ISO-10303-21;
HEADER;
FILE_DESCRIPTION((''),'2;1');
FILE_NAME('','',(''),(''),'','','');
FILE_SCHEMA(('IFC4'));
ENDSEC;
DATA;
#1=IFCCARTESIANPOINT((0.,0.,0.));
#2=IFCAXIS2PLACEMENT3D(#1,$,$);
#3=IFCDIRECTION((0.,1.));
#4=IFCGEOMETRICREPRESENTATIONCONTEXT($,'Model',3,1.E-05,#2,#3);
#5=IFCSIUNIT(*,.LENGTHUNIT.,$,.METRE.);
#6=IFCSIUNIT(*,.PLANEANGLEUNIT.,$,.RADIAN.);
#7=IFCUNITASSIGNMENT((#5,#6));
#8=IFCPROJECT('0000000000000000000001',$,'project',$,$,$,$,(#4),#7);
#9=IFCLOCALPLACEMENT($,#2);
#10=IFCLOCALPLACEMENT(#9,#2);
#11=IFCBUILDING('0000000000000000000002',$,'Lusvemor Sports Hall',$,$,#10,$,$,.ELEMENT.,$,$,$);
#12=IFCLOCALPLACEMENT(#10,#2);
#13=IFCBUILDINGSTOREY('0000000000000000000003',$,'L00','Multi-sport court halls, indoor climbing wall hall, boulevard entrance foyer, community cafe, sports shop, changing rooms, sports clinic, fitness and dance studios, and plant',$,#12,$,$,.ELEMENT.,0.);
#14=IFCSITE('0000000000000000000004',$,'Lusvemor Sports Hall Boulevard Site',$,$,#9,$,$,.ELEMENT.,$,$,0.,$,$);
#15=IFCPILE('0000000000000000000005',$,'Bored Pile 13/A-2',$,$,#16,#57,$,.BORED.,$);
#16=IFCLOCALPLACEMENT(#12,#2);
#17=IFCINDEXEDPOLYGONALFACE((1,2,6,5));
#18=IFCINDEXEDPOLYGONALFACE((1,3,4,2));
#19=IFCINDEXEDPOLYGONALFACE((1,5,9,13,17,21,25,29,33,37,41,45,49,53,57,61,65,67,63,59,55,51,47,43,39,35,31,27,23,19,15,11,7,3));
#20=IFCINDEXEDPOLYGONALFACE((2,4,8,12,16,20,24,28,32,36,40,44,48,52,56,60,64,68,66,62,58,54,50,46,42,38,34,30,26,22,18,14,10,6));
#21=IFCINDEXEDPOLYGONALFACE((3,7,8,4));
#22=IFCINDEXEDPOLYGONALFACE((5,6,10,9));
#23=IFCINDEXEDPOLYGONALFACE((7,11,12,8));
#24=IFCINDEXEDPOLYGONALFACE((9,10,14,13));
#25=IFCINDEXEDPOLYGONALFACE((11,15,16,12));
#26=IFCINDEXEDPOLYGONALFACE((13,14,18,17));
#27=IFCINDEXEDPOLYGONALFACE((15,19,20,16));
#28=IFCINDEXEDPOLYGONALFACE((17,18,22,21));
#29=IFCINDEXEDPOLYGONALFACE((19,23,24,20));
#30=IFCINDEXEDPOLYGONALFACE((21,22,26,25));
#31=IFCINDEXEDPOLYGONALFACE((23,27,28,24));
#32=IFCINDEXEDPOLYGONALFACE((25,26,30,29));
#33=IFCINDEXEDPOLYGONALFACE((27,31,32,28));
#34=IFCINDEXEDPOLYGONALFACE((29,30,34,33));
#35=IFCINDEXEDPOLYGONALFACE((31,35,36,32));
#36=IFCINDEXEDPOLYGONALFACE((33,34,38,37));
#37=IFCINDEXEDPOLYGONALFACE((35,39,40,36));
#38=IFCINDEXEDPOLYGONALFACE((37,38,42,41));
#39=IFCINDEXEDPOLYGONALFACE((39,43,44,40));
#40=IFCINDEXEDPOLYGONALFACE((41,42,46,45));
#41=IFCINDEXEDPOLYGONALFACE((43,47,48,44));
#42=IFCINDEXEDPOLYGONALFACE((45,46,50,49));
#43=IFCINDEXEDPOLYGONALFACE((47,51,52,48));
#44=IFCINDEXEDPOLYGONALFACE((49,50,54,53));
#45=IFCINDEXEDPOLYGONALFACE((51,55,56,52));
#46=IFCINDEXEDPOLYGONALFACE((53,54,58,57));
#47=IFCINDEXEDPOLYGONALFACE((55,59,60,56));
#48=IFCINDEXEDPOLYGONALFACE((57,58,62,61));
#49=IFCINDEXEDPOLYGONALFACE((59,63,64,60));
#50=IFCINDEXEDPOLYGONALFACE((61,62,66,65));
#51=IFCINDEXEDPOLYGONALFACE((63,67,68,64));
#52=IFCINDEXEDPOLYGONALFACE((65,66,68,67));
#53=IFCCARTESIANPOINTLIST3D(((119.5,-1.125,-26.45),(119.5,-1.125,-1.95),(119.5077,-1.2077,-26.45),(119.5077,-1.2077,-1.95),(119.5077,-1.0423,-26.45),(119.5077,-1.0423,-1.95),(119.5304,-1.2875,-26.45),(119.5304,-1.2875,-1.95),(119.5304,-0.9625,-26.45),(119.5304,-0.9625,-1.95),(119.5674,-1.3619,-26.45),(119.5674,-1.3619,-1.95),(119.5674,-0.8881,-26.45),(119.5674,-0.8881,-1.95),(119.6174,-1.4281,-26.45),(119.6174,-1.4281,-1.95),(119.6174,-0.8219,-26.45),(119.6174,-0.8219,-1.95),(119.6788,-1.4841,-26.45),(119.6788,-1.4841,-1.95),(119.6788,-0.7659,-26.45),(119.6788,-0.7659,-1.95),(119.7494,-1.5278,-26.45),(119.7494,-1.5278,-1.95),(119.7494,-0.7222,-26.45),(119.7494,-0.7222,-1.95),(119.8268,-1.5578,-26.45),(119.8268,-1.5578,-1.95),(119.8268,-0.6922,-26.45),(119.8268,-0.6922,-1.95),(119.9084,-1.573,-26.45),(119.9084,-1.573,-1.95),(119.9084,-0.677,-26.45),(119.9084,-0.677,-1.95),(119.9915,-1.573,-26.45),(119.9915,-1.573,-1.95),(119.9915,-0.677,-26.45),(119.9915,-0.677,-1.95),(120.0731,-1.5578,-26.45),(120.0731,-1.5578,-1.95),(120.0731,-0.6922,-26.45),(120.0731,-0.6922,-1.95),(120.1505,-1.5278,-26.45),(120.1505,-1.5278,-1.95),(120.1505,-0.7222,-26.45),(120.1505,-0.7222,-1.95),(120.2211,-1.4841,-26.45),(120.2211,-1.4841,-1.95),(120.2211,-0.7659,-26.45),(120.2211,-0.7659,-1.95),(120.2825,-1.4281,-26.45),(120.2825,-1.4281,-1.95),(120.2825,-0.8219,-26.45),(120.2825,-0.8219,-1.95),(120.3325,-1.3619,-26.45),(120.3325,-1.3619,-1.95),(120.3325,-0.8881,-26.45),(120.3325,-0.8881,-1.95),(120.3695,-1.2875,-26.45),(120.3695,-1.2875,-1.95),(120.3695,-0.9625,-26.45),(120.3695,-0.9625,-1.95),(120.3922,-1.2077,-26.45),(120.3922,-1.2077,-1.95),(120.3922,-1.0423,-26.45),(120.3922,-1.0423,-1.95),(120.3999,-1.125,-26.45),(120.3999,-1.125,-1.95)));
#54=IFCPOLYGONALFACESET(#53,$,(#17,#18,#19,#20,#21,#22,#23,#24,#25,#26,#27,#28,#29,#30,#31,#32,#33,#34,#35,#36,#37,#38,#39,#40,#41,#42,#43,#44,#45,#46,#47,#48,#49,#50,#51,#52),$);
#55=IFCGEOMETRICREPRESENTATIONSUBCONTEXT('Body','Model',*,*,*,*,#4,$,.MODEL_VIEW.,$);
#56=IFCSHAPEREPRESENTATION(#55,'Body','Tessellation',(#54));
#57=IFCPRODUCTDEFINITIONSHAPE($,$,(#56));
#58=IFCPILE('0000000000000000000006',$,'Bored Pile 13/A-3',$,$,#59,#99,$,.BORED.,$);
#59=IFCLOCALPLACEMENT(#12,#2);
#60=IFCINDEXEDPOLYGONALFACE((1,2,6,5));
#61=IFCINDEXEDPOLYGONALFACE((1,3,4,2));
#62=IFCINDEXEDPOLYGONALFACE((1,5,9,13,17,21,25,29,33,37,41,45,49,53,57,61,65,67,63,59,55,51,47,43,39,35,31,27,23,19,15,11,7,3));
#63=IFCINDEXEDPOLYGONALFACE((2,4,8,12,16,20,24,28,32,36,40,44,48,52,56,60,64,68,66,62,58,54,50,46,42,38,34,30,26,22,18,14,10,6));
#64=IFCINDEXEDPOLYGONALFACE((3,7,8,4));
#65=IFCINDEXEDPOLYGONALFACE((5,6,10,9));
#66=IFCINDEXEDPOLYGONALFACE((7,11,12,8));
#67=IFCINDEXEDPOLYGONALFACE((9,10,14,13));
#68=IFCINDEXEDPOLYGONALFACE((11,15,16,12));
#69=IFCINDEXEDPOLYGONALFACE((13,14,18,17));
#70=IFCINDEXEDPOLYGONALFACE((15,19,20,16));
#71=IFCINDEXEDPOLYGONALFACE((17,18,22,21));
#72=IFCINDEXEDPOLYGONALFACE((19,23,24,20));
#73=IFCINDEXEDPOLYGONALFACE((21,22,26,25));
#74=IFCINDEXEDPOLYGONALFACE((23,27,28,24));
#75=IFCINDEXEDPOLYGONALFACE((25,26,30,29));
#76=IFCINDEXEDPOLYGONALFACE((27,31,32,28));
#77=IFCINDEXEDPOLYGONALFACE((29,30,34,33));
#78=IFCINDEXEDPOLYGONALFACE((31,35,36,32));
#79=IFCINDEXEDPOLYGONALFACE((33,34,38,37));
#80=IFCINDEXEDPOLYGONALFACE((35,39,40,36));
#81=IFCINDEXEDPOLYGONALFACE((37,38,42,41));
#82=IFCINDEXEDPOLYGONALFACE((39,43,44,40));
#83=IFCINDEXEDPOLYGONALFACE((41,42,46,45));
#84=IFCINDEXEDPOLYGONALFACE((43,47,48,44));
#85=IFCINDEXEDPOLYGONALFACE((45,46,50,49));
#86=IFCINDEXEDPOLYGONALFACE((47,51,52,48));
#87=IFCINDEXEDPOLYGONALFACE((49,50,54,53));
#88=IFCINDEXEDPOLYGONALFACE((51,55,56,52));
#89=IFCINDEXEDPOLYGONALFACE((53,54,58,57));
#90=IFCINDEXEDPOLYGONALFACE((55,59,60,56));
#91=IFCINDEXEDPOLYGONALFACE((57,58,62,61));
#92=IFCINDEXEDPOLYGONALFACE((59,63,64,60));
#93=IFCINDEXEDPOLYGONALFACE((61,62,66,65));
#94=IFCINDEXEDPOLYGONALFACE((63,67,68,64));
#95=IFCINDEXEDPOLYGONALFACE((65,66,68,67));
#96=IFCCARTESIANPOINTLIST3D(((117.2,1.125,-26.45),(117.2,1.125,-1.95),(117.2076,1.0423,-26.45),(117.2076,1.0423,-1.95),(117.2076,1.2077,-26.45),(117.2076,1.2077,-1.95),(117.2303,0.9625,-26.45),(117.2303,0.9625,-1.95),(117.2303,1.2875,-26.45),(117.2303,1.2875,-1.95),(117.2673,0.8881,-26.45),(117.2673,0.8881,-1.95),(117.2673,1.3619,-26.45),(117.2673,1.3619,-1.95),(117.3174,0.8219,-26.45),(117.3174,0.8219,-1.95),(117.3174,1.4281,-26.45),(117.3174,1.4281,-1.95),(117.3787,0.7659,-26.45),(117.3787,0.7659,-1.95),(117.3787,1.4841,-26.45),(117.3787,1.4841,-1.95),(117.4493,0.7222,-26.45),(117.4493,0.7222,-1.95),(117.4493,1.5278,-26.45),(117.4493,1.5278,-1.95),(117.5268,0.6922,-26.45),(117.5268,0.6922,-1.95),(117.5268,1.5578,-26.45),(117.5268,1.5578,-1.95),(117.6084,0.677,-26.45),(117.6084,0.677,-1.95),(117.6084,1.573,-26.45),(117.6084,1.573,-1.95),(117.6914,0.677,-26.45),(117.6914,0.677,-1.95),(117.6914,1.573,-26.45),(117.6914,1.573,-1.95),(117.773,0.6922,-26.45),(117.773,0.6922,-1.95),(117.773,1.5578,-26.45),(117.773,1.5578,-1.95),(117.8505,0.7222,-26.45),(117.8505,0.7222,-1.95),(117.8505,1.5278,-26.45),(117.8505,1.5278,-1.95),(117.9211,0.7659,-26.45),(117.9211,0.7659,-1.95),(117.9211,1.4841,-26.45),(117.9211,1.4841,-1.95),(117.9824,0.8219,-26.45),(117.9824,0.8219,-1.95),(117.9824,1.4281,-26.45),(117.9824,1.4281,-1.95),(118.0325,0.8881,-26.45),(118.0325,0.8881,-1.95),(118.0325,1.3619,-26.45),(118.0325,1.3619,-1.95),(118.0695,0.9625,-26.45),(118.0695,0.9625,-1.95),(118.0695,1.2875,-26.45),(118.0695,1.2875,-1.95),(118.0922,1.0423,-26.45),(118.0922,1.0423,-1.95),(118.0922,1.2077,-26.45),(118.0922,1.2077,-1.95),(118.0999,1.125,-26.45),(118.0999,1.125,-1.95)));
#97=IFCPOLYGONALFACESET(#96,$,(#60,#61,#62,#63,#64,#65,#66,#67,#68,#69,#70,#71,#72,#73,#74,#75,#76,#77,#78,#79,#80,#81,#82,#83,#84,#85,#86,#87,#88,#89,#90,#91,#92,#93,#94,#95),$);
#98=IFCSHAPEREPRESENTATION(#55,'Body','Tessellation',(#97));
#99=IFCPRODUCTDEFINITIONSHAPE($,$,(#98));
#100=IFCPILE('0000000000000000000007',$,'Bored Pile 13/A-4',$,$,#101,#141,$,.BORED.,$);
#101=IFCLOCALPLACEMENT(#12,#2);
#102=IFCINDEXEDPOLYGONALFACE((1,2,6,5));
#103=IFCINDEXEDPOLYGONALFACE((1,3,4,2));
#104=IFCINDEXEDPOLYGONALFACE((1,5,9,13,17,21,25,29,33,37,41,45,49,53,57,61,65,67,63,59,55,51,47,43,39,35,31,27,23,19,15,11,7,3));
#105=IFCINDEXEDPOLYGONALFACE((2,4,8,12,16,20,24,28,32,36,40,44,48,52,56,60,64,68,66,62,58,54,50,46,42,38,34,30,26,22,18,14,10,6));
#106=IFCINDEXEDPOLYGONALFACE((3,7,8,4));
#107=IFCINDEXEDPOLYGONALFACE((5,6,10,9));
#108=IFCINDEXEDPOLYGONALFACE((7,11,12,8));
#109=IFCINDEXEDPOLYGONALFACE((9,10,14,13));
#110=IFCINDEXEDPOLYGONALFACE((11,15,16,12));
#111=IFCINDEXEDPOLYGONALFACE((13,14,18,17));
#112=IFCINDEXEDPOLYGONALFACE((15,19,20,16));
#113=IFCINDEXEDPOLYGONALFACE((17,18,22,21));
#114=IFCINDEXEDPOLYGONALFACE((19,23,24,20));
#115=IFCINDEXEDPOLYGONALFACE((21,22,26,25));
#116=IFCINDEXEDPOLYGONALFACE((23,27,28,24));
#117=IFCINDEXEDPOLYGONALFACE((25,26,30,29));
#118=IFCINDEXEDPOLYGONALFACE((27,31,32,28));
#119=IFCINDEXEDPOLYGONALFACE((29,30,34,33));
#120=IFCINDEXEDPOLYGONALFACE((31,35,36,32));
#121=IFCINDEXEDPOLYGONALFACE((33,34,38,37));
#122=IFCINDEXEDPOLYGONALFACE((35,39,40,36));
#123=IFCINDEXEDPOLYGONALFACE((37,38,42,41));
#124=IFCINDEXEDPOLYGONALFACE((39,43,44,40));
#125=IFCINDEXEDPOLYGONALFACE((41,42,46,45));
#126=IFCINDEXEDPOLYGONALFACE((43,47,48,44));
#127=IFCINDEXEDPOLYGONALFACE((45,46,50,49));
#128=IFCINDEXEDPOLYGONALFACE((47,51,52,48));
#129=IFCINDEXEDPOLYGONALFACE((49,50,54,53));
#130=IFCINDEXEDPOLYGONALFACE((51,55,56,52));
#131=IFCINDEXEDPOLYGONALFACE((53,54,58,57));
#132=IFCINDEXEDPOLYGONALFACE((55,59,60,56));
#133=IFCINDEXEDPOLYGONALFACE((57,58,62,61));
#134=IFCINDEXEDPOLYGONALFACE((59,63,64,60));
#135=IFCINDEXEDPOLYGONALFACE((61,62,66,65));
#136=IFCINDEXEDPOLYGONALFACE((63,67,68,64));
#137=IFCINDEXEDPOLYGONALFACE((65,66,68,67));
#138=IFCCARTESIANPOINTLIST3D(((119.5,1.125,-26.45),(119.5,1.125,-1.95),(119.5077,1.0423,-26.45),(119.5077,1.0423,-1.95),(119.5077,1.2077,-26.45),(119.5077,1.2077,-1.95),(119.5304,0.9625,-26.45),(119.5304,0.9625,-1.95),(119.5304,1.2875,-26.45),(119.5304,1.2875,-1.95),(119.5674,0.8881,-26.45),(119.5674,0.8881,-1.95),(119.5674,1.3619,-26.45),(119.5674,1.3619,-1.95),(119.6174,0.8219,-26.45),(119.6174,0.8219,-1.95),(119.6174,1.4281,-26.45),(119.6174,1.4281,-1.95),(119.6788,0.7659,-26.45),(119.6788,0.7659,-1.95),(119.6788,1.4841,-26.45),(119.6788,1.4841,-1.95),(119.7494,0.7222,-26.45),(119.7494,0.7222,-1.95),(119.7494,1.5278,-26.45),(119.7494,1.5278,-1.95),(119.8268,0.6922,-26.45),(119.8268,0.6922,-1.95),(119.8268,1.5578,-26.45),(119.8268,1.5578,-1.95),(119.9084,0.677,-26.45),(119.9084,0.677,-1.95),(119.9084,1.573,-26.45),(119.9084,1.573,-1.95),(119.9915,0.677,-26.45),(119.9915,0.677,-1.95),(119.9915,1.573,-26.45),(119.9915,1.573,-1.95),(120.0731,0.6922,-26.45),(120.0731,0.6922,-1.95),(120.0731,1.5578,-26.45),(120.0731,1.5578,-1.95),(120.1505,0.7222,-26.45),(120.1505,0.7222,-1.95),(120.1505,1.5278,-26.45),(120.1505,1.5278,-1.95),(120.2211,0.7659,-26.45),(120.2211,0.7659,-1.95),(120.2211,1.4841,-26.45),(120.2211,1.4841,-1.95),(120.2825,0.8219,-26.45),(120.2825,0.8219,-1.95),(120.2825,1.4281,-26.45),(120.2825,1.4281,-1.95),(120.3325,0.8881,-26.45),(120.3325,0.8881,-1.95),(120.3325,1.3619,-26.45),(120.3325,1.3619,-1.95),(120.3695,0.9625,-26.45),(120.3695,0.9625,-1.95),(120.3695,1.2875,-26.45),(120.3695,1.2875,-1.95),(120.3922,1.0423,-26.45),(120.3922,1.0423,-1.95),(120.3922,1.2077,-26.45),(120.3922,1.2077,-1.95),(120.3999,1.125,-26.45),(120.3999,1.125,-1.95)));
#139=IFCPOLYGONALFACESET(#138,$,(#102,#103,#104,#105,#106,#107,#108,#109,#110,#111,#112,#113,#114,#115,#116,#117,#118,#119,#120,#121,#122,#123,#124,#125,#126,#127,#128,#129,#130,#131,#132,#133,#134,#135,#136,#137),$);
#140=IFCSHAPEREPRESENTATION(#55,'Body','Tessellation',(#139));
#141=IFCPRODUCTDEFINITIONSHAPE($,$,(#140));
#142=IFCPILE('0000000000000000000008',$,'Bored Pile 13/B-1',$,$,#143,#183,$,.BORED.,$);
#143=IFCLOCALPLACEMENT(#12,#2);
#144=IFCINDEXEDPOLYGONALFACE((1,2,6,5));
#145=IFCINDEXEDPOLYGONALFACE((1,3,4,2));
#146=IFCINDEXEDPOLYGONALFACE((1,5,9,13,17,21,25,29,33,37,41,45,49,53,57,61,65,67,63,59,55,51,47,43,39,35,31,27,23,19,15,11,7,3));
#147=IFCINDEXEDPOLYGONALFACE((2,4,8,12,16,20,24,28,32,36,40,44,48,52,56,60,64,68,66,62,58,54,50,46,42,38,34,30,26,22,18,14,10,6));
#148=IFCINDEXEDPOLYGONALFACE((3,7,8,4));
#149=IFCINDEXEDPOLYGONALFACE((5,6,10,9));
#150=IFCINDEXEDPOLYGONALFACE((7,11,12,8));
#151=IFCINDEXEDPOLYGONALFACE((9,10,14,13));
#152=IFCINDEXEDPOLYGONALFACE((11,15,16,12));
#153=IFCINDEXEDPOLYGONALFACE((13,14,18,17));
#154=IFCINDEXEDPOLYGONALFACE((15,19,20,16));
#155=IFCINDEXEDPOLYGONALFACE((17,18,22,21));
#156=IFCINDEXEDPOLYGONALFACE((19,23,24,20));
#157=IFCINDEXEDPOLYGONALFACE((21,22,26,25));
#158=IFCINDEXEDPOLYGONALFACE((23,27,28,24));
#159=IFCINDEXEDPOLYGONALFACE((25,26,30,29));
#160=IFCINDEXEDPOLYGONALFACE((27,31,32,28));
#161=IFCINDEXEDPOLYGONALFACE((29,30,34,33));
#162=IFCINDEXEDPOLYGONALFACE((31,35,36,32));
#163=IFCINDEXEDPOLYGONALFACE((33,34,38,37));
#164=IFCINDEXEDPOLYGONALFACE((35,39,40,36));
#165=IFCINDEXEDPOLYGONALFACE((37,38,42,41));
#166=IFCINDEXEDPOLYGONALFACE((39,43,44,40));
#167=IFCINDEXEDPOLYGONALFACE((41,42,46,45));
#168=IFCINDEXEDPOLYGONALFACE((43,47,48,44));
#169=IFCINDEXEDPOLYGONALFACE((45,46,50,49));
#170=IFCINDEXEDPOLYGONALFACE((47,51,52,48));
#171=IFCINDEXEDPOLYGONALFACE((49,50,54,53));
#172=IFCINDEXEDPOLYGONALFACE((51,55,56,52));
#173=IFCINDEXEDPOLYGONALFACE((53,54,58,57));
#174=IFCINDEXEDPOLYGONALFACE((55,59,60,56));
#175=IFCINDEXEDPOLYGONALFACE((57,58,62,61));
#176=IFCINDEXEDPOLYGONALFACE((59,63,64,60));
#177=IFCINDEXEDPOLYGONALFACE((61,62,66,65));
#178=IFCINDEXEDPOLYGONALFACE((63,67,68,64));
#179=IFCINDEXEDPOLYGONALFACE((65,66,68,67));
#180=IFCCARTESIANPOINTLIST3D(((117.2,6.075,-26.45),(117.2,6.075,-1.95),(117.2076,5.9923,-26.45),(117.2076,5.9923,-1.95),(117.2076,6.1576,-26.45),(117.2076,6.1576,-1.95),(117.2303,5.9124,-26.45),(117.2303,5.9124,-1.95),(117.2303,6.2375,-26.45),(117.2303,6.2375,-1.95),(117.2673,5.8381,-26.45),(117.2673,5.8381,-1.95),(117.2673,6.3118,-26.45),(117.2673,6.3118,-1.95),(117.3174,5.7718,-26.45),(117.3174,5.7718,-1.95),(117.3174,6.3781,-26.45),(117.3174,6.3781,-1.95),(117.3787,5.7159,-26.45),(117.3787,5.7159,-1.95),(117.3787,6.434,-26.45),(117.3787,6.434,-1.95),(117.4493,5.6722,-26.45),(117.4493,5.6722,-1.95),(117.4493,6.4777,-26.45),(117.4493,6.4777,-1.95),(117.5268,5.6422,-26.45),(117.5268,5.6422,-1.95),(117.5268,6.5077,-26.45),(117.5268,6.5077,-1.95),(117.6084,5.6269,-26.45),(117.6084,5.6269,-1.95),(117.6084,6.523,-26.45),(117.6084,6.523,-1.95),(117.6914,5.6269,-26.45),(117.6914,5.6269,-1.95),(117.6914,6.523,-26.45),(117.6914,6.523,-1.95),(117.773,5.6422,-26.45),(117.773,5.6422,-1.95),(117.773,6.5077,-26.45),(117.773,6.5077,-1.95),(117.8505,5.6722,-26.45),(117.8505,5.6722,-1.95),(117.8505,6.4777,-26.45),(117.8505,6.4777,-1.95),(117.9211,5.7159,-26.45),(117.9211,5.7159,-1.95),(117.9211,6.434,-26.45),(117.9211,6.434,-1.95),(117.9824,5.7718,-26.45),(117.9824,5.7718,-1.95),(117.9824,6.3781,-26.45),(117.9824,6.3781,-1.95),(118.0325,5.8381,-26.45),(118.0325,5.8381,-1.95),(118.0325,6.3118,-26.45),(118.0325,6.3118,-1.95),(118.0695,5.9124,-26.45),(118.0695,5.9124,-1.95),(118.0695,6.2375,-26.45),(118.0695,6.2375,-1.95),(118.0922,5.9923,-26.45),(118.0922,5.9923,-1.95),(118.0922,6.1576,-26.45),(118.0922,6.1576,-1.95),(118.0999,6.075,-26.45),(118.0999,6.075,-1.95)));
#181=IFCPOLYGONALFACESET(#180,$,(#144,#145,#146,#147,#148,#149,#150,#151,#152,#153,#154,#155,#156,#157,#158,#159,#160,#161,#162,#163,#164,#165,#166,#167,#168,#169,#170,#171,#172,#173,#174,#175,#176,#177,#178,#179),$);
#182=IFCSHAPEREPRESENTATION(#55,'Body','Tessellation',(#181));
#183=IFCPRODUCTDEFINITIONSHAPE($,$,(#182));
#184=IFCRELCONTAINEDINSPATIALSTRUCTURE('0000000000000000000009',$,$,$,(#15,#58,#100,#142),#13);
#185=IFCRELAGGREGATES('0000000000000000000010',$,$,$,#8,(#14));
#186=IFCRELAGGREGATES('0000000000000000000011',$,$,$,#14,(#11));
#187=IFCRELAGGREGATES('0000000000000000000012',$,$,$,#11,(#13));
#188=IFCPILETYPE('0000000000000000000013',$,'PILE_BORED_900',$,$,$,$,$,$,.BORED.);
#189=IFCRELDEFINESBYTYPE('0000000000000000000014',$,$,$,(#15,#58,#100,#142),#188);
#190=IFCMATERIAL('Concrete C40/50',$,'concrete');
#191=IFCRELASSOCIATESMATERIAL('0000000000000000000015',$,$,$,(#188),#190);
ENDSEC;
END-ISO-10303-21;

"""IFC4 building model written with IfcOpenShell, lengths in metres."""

from ifc_helpers import new_model, si_unit, direction, frame, origin, origin_2d, place, context, subcontext, project, spatial, circle, extrude, material, material_profile, profile_set, type_object, element, save


model = new_model("IFC4")

# Units and contexts
model_context = context("Model", 3, precision=1e-05, world=origin(), true_north=direction((0.0, 1.0)))
body_context = subcontext(model_context, "Body", "Model", "MODEL_VIEW")
ifc_project = project(units=[si_unit("LENGTHUNIT", "METRE"), si_unit("PLANEANGLEUNIT", "RADIAN")], contexts=[model_context])

# Site, building, storey
site_placement = place(None, origin())
site = spatial("IfcSite", under=ifc_project, at=site_placement, Name="Lusvemor Sports Hall Boulevard Site", CompositionType="ELEMENT", RefElevation=0.0)
building_placement = place(site_placement, origin())
building = spatial("IfcBuilding", under=site, at=building_placement, Name="Lusvemor Sports Hall", CompositionType="ELEMENT")
storey_placement = place(building_placement, origin())
storey = spatial("IfcBuildingStorey", under=building, at=storey_placement, Name="L00", Description="Multi-sport court halls, indoor climbing wall hall, boulevard entrance foyer, community cafe, sports shop, changing rooms, sports clinic, fitness and dance studios, and plant", CompositionType="ELEMENT", Elevation=0.0)

# Piles
ifc_material_1 = material(Name="Concrete C40/50", Category="concrete")
ifc_material_profile_1 = material_profile(ifc_material_1, circle(Radius=0.45, at=origin_2d()), Name="PILE900")
ifc_profile_set_1 = profile_set([ifc_material_profile_1], Name="Concrete C40/50")
pile_type_1 = type_object("IfcPileType", Name="PILE_BORED_900", PredefinedType="BORED", material=ifc_profile_set_1)
for number, where, z_axis, x_axis, name in (
    (1, (119.95, -1.125, -1.95), (0.0, 0.0, -1.0), (1.0, 0.0, 0.0), "Bored Pile 13/A-2"),
    (2, (117.6499, 1.125, -1.95), (0.0, 0.0, -1.0), (1.0, 0.0, 0.0), "Bored Pile 13/A-3"),
    (3, (119.95, 1.125, -1.95), (0.0, 0.0, -1.0), (1.0, 0.0, 0.0), "Bored Pile 13/A-4"),
    (4, (117.6499, 6.075, -1.95), (0.0, 0.0, -1.0), (1.0, 0.0, 0.0), "Bored Pile 13/B-1"),
):
    element("IfcPile", number, at=place(storey_placement, frame(where, z_axis=z_axis, x_axis=x_axis)), inside=storey, type_object=pile_type_1, Name=name, PredefinedType="BORED", context=body_context, shape_type="SweptSolid", body=[
        extrude(circle(Radius=0.45, at=origin_2d()), origin(), (0.0, 0.0, 1.0), 24.5),
    ])

save(model, "model.ifc")
